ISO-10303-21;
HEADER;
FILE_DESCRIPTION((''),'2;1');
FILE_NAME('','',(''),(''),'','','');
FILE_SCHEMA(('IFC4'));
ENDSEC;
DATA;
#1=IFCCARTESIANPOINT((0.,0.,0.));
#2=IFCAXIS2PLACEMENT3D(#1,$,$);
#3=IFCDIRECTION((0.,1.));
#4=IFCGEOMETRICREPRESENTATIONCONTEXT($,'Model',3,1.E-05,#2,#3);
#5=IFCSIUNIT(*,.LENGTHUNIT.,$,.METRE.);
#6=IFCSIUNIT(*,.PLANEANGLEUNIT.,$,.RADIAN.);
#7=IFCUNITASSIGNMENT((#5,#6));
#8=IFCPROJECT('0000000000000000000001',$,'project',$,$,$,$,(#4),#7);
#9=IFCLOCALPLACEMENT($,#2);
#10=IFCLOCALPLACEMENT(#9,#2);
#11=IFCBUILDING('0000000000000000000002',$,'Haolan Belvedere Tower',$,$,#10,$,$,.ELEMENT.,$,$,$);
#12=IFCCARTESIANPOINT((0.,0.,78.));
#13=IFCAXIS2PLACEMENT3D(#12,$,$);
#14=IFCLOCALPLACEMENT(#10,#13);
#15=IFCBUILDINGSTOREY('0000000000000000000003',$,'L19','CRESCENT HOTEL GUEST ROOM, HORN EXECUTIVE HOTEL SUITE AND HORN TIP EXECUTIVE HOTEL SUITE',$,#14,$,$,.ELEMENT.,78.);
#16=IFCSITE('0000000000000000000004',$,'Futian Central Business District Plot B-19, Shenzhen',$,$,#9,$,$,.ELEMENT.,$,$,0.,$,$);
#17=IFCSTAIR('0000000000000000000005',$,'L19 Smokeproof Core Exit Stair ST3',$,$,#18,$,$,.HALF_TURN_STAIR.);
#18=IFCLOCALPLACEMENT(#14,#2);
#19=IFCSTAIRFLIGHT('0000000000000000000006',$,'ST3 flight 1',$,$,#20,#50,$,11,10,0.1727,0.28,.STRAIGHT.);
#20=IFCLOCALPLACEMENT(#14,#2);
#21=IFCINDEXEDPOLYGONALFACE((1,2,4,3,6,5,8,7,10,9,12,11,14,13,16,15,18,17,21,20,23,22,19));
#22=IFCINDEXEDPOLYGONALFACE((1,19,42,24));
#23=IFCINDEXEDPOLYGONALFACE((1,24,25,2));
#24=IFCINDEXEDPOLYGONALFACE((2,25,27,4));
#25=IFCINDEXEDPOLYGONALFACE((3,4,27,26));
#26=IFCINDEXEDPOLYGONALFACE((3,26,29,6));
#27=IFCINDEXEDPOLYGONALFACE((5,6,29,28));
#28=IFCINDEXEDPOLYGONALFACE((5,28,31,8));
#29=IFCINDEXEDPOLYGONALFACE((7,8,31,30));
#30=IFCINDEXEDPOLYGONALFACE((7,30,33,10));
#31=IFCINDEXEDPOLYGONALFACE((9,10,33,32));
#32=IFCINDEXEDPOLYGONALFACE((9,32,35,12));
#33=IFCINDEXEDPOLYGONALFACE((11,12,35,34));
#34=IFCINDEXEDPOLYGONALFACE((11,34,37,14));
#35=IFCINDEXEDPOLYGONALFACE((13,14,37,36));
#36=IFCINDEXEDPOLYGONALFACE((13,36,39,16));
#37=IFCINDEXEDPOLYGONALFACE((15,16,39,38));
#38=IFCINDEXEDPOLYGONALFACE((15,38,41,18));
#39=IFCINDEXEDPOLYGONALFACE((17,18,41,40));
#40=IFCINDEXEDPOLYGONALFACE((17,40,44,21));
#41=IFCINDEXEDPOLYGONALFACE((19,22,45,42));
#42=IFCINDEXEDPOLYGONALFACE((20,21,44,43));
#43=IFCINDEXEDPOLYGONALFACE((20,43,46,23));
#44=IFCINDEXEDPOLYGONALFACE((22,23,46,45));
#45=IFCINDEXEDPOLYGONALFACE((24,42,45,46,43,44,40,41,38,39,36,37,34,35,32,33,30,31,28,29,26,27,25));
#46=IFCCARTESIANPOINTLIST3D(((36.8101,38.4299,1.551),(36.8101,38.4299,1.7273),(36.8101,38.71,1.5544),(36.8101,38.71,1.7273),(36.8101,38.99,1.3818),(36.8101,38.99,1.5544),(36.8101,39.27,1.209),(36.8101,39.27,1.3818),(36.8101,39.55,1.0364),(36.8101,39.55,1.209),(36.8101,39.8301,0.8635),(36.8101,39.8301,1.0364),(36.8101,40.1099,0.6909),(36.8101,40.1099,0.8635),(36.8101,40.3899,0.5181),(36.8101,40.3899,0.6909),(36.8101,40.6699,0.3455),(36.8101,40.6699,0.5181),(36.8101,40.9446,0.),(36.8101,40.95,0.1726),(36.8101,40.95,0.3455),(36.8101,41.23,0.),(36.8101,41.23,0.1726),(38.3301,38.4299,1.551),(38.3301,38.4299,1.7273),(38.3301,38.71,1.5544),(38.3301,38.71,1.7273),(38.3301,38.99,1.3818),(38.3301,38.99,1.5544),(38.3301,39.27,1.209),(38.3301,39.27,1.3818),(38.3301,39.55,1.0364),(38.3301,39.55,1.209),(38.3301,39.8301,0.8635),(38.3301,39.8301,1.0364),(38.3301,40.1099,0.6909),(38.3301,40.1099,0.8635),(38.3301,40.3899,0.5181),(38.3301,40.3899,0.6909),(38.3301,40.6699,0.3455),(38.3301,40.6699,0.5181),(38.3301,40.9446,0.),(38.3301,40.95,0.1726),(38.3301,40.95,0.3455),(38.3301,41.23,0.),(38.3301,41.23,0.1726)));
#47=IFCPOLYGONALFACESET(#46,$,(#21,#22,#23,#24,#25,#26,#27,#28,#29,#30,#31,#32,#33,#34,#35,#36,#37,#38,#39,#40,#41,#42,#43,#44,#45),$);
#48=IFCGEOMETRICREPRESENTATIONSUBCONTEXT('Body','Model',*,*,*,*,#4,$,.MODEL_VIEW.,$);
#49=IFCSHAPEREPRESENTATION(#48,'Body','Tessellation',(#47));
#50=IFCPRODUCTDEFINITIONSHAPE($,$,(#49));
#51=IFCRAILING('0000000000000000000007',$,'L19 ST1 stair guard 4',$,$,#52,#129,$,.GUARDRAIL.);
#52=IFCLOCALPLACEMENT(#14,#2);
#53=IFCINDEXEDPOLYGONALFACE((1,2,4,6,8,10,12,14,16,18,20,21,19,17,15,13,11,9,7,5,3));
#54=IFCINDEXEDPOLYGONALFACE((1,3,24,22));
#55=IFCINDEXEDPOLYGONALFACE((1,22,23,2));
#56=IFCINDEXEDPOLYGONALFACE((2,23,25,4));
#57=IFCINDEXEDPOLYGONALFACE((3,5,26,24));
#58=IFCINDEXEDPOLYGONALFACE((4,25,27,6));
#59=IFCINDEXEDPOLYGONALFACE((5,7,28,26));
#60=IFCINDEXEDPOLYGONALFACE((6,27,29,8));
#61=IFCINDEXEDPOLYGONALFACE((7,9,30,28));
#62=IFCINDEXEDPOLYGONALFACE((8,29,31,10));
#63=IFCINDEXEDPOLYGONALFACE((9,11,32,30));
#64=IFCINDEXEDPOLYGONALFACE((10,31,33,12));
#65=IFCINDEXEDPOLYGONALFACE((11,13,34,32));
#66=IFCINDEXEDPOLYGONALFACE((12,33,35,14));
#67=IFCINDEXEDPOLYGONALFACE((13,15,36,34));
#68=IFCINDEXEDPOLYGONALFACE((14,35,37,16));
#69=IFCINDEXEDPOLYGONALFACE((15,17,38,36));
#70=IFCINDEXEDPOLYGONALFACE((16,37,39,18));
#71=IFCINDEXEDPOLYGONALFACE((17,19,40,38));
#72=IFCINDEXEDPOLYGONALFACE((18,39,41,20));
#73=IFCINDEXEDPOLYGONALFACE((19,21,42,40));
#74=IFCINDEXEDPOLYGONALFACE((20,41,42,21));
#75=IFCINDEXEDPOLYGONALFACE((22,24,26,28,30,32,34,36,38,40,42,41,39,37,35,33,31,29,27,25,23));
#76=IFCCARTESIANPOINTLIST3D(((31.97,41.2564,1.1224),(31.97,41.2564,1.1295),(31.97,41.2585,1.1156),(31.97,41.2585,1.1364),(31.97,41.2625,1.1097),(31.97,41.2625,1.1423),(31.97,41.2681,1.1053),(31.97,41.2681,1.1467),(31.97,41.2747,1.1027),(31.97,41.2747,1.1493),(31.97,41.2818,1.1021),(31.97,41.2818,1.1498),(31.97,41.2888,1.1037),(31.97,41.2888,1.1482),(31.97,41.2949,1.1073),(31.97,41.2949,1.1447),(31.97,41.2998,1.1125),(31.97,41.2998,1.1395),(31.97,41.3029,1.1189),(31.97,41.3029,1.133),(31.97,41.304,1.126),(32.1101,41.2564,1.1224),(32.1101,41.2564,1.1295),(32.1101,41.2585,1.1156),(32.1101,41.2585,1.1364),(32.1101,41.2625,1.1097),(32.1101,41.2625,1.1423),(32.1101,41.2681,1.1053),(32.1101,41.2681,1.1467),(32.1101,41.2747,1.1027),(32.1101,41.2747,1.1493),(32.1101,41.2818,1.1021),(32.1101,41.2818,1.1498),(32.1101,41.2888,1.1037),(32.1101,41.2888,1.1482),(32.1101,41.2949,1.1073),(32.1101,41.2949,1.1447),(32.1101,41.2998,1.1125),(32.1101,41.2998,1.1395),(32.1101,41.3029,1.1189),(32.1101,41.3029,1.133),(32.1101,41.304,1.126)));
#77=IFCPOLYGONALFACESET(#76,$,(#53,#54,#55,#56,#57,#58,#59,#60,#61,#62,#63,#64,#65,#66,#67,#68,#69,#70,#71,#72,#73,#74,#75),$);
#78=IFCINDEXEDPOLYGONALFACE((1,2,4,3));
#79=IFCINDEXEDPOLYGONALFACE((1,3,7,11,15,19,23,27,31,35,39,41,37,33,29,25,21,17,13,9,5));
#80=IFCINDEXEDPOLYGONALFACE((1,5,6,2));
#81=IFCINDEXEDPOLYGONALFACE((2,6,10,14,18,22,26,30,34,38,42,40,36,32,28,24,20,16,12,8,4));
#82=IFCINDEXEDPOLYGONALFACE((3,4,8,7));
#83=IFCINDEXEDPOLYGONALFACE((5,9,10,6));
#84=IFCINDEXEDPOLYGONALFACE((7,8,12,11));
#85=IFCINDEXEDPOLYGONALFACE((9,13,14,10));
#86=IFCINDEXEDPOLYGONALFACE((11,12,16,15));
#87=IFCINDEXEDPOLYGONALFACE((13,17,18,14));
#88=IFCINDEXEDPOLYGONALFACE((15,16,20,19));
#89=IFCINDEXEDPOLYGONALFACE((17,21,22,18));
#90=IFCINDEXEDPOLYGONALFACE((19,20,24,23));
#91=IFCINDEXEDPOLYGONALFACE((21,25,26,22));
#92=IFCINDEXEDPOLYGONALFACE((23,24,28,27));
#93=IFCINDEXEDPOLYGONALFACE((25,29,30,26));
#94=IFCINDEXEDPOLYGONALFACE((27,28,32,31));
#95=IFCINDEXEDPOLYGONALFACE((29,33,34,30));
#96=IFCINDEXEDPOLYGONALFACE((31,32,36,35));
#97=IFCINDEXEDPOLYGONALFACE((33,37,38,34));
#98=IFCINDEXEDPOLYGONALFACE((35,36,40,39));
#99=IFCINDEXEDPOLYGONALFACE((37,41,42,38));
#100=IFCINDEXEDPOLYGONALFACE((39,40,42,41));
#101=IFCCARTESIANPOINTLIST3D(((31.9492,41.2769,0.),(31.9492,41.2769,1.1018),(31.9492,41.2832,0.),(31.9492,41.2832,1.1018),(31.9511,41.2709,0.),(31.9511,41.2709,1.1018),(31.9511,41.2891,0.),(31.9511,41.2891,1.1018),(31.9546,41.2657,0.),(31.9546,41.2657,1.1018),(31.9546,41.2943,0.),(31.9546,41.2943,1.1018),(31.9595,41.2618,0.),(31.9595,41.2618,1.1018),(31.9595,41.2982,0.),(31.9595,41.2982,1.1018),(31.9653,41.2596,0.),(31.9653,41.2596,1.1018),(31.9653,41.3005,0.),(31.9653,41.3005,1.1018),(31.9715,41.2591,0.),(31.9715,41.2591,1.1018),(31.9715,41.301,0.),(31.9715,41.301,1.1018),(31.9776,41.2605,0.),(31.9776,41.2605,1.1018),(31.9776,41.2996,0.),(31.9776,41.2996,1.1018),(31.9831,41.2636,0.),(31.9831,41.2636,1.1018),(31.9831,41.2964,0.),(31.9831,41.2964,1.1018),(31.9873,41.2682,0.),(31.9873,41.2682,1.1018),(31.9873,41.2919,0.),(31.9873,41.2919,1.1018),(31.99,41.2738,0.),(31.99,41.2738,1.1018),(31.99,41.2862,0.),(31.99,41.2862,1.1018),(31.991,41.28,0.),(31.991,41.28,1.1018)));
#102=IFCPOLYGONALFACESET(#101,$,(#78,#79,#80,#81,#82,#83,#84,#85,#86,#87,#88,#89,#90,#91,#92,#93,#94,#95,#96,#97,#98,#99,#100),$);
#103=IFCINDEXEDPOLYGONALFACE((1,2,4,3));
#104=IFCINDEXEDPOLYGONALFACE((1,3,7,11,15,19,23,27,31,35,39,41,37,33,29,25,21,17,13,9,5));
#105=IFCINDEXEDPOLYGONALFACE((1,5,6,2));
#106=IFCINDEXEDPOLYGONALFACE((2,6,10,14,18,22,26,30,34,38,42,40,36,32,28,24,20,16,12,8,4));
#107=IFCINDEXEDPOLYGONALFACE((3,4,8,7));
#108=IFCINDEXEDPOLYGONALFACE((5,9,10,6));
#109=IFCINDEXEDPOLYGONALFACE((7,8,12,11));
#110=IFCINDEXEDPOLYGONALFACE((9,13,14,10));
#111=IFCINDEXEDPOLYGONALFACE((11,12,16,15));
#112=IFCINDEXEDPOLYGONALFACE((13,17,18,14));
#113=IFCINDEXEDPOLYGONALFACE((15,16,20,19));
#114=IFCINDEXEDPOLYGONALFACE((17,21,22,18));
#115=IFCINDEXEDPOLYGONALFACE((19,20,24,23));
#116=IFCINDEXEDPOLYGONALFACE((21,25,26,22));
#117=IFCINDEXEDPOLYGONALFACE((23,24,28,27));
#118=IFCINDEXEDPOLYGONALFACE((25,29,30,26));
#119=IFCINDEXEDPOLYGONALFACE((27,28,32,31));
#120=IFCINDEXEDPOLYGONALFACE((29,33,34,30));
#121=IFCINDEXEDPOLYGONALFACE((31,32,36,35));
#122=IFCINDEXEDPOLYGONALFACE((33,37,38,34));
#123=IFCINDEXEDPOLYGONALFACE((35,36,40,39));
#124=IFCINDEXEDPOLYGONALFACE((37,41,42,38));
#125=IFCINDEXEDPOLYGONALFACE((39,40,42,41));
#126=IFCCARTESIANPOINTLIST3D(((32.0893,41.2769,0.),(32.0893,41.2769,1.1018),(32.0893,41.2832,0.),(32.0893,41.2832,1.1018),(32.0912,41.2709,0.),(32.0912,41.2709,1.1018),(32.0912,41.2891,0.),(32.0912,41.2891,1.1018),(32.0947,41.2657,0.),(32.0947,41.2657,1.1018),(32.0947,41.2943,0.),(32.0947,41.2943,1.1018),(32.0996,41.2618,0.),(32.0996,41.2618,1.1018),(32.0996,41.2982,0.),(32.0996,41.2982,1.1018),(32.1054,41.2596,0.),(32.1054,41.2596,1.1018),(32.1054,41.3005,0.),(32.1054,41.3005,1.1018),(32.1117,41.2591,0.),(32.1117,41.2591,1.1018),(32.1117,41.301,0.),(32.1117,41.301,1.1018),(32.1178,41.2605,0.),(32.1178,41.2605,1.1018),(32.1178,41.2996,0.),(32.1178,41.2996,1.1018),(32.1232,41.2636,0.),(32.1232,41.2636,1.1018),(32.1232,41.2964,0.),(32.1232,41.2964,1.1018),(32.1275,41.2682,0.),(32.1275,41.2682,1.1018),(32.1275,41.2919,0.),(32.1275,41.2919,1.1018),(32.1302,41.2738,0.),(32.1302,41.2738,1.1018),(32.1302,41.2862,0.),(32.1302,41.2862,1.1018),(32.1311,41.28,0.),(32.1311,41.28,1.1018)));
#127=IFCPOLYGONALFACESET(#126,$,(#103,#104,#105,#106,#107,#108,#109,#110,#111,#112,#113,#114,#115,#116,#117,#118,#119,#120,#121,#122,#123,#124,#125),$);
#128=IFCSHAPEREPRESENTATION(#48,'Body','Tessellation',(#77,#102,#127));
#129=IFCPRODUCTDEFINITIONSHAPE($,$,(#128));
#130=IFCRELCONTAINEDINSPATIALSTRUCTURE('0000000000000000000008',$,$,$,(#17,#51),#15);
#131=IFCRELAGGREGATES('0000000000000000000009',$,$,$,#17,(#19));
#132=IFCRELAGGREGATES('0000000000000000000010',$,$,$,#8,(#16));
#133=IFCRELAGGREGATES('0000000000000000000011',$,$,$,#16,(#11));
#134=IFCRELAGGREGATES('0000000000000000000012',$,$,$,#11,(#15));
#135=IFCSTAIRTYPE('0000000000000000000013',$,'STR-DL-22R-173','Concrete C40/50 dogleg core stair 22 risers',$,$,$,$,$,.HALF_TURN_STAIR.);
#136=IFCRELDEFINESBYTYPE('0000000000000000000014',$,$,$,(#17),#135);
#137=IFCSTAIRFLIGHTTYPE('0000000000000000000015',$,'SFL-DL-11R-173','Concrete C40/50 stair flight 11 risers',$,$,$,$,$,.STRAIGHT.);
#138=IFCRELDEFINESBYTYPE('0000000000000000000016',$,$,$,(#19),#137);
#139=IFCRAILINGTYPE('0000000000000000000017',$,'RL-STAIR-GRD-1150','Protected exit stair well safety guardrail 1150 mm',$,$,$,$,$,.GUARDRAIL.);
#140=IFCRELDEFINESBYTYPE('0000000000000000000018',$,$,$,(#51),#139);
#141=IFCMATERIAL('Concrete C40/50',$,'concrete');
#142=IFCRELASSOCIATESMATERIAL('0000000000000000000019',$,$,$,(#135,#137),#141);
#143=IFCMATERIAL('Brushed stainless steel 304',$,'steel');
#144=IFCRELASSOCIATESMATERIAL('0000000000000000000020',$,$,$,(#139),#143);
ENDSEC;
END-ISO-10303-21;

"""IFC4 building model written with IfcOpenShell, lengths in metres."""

from ifc_helpers import new_model, si_unit, direction, frame, origin, origin_2d, place, context, subcontext, project, spatial, polyline, circle, outline, extrude, material, type_object, element, aggregate, save


model = new_model("IFC4")

# Units and contexts
model_context = context("Model", 3, precision=1e-05, world=origin(), true_north=direction((0.0, 1.0)))
body_context = subcontext(model_context, "Body", "Model", "MODEL_VIEW")
ifc_project = project(units=[si_unit("LENGTHUNIT", "METRE"), si_unit("PLANEANGLEUNIT", "RADIAN")], contexts=[model_context])

# Site, building, storey
site_placement = place(None, origin())
site = spatial("IfcSite", under=ifc_project, at=site_placement, Name="Futian Central Business District Plot B-19, Shenzhen", CompositionType="ELEMENT", RefElevation=0.0)
building_placement = place(site_placement, origin())
building = spatial("IfcBuilding", under=site, at=building_placement, Name="Haolan Belvedere Tower", CompositionType="ELEMENT")
storey_placement = place(building_placement, frame((0.0, 0.0, 78.0)))
storey = spatial("IfcBuildingStorey", under=building, at=storey_placement, Name="L19", Description="CRESCENT HOTEL GUEST ROOM, HORN EXECUTIVE HOTEL SUITE AND HORN TIP EXECUTIVE HOTEL SUITE", CompositionType="ELEMENT", Elevation=78.0)

# Shared definitions
ifc_material_1 = material(Name="Concrete C40/50", Category="concrete")

# Stair, stair flight
stair_type = type_object("IfcStairType", Name="STR-DL-22R-173", Description="Concrete C40/50 dogleg core stair 22 risers", PredefinedType="HALF_TURN_STAIR", material=ifc_material_1)
stair_placement = place(storey_placement, origin())
stair = element("IfcStair", 1, at=stair_placement, inside=storey, type_object=stair_type, Name="L19 Smokeproof Core Exit Stair ST3", PredefinedType="HALF_TURN_STAIR")
stair_flight_type = type_object("IfcStairFlightType", Name="SFL-DL-11R-173", Description="Concrete C40/50 stair flight 11 risers", PredefinedType="STRAIGHT", material=ifc_material_1)
stair_flight_placement = place(storey_placement, frame((37.5701, 41.23, 0.0), z_axis=(0.0, 0.0, 1.0), x_axis=(0.0, -1.0, 0.0)))
stair_flight = element("IfcStairFlight", 2, at=stair_flight_placement, type_object=stair_flight_type, Name="ST3 flight 1", NumberOfRisers=11, NumberOfTreads=10, PredefinedType="STRAIGHT", RiserHeight=0.1727, TreadLength=0.28, context=body_context, shape_type="SweptSolid", body=[
    extrude(outline(polyline([(0.0, 0.0), (0.0, 0.1726), (0.28, 0.1726), (0.28, 0.3455), (0.5601, 0.3455), (0.5601, 0.5181), (0.8401, 0.5181), (0.8401, 0.6909), (1.1201, 0.6909), (1.1201, 0.8635), (1.3999, 0.8635), (1.3999, 1.0364), (1.6799, 1.0364), (1.6799, 1.209), (1.96, 1.209), (1.96, 1.3818), (2.24, 1.3818), (2.24, 1.5544), (2.52, 1.5544), (2.52, 1.7273), (2.8, 1.7273), (2.8, 1.8999), (2.8, 1.551), (0.2854, 0.0), (0.0, 0.0)])), frame((0.0, 0.76, 0.0), z_axis=(0.0, -1.0, 0.0), x_axis=(1.0, 0.0, 0.0)), (0.0, 0.0, 1.0), 1.52),
])
aggregate(stair, [stair_flight])

# Railing
ifc_material_2 = material(Name="Brushed stainless steel 304", Category="steel")
railing_type_1 = type_object("IfcRailingType", Name="RL-STAIR-GRD-1150", Description="Protected exit stair well safety guardrail 1150 mm", PredefinedType="GUARDRAIL", material=ifc_material_2)
railing_1_placement = place(storey_placement, frame((31.97, 41.28, 0.0)))
element("IfcRailing", 3, at=railing_1_placement, inside=storey, type_object=railing_type_1, Name="L19 ST1 stair guard 4", PredefinedType="GUARDRAIL", context=body_context, shape_type="SweptSolid", body=[
    extrude(circle(Radius=0.0239, at=origin_2d()), frame((0.0, 0.0, 1.126), z_axis=(1.0, 0.0, 0.0), x_axis=(0.0, 1.0, 0.0)), (0.0, 0.0, 1.0), 0.1401),
    extrude(circle(Radius=0.021, at=origin_2d()), origin(), (0.0, 0.0, 1.0), 1.1018),
    extrude(circle(Radius=0.021, at=origin_2d()), frame((0.1401, 0.0, 0.0)), (0.0, 0.0, 1.0), 1.1018),
])

save(model, "model.ifc")
